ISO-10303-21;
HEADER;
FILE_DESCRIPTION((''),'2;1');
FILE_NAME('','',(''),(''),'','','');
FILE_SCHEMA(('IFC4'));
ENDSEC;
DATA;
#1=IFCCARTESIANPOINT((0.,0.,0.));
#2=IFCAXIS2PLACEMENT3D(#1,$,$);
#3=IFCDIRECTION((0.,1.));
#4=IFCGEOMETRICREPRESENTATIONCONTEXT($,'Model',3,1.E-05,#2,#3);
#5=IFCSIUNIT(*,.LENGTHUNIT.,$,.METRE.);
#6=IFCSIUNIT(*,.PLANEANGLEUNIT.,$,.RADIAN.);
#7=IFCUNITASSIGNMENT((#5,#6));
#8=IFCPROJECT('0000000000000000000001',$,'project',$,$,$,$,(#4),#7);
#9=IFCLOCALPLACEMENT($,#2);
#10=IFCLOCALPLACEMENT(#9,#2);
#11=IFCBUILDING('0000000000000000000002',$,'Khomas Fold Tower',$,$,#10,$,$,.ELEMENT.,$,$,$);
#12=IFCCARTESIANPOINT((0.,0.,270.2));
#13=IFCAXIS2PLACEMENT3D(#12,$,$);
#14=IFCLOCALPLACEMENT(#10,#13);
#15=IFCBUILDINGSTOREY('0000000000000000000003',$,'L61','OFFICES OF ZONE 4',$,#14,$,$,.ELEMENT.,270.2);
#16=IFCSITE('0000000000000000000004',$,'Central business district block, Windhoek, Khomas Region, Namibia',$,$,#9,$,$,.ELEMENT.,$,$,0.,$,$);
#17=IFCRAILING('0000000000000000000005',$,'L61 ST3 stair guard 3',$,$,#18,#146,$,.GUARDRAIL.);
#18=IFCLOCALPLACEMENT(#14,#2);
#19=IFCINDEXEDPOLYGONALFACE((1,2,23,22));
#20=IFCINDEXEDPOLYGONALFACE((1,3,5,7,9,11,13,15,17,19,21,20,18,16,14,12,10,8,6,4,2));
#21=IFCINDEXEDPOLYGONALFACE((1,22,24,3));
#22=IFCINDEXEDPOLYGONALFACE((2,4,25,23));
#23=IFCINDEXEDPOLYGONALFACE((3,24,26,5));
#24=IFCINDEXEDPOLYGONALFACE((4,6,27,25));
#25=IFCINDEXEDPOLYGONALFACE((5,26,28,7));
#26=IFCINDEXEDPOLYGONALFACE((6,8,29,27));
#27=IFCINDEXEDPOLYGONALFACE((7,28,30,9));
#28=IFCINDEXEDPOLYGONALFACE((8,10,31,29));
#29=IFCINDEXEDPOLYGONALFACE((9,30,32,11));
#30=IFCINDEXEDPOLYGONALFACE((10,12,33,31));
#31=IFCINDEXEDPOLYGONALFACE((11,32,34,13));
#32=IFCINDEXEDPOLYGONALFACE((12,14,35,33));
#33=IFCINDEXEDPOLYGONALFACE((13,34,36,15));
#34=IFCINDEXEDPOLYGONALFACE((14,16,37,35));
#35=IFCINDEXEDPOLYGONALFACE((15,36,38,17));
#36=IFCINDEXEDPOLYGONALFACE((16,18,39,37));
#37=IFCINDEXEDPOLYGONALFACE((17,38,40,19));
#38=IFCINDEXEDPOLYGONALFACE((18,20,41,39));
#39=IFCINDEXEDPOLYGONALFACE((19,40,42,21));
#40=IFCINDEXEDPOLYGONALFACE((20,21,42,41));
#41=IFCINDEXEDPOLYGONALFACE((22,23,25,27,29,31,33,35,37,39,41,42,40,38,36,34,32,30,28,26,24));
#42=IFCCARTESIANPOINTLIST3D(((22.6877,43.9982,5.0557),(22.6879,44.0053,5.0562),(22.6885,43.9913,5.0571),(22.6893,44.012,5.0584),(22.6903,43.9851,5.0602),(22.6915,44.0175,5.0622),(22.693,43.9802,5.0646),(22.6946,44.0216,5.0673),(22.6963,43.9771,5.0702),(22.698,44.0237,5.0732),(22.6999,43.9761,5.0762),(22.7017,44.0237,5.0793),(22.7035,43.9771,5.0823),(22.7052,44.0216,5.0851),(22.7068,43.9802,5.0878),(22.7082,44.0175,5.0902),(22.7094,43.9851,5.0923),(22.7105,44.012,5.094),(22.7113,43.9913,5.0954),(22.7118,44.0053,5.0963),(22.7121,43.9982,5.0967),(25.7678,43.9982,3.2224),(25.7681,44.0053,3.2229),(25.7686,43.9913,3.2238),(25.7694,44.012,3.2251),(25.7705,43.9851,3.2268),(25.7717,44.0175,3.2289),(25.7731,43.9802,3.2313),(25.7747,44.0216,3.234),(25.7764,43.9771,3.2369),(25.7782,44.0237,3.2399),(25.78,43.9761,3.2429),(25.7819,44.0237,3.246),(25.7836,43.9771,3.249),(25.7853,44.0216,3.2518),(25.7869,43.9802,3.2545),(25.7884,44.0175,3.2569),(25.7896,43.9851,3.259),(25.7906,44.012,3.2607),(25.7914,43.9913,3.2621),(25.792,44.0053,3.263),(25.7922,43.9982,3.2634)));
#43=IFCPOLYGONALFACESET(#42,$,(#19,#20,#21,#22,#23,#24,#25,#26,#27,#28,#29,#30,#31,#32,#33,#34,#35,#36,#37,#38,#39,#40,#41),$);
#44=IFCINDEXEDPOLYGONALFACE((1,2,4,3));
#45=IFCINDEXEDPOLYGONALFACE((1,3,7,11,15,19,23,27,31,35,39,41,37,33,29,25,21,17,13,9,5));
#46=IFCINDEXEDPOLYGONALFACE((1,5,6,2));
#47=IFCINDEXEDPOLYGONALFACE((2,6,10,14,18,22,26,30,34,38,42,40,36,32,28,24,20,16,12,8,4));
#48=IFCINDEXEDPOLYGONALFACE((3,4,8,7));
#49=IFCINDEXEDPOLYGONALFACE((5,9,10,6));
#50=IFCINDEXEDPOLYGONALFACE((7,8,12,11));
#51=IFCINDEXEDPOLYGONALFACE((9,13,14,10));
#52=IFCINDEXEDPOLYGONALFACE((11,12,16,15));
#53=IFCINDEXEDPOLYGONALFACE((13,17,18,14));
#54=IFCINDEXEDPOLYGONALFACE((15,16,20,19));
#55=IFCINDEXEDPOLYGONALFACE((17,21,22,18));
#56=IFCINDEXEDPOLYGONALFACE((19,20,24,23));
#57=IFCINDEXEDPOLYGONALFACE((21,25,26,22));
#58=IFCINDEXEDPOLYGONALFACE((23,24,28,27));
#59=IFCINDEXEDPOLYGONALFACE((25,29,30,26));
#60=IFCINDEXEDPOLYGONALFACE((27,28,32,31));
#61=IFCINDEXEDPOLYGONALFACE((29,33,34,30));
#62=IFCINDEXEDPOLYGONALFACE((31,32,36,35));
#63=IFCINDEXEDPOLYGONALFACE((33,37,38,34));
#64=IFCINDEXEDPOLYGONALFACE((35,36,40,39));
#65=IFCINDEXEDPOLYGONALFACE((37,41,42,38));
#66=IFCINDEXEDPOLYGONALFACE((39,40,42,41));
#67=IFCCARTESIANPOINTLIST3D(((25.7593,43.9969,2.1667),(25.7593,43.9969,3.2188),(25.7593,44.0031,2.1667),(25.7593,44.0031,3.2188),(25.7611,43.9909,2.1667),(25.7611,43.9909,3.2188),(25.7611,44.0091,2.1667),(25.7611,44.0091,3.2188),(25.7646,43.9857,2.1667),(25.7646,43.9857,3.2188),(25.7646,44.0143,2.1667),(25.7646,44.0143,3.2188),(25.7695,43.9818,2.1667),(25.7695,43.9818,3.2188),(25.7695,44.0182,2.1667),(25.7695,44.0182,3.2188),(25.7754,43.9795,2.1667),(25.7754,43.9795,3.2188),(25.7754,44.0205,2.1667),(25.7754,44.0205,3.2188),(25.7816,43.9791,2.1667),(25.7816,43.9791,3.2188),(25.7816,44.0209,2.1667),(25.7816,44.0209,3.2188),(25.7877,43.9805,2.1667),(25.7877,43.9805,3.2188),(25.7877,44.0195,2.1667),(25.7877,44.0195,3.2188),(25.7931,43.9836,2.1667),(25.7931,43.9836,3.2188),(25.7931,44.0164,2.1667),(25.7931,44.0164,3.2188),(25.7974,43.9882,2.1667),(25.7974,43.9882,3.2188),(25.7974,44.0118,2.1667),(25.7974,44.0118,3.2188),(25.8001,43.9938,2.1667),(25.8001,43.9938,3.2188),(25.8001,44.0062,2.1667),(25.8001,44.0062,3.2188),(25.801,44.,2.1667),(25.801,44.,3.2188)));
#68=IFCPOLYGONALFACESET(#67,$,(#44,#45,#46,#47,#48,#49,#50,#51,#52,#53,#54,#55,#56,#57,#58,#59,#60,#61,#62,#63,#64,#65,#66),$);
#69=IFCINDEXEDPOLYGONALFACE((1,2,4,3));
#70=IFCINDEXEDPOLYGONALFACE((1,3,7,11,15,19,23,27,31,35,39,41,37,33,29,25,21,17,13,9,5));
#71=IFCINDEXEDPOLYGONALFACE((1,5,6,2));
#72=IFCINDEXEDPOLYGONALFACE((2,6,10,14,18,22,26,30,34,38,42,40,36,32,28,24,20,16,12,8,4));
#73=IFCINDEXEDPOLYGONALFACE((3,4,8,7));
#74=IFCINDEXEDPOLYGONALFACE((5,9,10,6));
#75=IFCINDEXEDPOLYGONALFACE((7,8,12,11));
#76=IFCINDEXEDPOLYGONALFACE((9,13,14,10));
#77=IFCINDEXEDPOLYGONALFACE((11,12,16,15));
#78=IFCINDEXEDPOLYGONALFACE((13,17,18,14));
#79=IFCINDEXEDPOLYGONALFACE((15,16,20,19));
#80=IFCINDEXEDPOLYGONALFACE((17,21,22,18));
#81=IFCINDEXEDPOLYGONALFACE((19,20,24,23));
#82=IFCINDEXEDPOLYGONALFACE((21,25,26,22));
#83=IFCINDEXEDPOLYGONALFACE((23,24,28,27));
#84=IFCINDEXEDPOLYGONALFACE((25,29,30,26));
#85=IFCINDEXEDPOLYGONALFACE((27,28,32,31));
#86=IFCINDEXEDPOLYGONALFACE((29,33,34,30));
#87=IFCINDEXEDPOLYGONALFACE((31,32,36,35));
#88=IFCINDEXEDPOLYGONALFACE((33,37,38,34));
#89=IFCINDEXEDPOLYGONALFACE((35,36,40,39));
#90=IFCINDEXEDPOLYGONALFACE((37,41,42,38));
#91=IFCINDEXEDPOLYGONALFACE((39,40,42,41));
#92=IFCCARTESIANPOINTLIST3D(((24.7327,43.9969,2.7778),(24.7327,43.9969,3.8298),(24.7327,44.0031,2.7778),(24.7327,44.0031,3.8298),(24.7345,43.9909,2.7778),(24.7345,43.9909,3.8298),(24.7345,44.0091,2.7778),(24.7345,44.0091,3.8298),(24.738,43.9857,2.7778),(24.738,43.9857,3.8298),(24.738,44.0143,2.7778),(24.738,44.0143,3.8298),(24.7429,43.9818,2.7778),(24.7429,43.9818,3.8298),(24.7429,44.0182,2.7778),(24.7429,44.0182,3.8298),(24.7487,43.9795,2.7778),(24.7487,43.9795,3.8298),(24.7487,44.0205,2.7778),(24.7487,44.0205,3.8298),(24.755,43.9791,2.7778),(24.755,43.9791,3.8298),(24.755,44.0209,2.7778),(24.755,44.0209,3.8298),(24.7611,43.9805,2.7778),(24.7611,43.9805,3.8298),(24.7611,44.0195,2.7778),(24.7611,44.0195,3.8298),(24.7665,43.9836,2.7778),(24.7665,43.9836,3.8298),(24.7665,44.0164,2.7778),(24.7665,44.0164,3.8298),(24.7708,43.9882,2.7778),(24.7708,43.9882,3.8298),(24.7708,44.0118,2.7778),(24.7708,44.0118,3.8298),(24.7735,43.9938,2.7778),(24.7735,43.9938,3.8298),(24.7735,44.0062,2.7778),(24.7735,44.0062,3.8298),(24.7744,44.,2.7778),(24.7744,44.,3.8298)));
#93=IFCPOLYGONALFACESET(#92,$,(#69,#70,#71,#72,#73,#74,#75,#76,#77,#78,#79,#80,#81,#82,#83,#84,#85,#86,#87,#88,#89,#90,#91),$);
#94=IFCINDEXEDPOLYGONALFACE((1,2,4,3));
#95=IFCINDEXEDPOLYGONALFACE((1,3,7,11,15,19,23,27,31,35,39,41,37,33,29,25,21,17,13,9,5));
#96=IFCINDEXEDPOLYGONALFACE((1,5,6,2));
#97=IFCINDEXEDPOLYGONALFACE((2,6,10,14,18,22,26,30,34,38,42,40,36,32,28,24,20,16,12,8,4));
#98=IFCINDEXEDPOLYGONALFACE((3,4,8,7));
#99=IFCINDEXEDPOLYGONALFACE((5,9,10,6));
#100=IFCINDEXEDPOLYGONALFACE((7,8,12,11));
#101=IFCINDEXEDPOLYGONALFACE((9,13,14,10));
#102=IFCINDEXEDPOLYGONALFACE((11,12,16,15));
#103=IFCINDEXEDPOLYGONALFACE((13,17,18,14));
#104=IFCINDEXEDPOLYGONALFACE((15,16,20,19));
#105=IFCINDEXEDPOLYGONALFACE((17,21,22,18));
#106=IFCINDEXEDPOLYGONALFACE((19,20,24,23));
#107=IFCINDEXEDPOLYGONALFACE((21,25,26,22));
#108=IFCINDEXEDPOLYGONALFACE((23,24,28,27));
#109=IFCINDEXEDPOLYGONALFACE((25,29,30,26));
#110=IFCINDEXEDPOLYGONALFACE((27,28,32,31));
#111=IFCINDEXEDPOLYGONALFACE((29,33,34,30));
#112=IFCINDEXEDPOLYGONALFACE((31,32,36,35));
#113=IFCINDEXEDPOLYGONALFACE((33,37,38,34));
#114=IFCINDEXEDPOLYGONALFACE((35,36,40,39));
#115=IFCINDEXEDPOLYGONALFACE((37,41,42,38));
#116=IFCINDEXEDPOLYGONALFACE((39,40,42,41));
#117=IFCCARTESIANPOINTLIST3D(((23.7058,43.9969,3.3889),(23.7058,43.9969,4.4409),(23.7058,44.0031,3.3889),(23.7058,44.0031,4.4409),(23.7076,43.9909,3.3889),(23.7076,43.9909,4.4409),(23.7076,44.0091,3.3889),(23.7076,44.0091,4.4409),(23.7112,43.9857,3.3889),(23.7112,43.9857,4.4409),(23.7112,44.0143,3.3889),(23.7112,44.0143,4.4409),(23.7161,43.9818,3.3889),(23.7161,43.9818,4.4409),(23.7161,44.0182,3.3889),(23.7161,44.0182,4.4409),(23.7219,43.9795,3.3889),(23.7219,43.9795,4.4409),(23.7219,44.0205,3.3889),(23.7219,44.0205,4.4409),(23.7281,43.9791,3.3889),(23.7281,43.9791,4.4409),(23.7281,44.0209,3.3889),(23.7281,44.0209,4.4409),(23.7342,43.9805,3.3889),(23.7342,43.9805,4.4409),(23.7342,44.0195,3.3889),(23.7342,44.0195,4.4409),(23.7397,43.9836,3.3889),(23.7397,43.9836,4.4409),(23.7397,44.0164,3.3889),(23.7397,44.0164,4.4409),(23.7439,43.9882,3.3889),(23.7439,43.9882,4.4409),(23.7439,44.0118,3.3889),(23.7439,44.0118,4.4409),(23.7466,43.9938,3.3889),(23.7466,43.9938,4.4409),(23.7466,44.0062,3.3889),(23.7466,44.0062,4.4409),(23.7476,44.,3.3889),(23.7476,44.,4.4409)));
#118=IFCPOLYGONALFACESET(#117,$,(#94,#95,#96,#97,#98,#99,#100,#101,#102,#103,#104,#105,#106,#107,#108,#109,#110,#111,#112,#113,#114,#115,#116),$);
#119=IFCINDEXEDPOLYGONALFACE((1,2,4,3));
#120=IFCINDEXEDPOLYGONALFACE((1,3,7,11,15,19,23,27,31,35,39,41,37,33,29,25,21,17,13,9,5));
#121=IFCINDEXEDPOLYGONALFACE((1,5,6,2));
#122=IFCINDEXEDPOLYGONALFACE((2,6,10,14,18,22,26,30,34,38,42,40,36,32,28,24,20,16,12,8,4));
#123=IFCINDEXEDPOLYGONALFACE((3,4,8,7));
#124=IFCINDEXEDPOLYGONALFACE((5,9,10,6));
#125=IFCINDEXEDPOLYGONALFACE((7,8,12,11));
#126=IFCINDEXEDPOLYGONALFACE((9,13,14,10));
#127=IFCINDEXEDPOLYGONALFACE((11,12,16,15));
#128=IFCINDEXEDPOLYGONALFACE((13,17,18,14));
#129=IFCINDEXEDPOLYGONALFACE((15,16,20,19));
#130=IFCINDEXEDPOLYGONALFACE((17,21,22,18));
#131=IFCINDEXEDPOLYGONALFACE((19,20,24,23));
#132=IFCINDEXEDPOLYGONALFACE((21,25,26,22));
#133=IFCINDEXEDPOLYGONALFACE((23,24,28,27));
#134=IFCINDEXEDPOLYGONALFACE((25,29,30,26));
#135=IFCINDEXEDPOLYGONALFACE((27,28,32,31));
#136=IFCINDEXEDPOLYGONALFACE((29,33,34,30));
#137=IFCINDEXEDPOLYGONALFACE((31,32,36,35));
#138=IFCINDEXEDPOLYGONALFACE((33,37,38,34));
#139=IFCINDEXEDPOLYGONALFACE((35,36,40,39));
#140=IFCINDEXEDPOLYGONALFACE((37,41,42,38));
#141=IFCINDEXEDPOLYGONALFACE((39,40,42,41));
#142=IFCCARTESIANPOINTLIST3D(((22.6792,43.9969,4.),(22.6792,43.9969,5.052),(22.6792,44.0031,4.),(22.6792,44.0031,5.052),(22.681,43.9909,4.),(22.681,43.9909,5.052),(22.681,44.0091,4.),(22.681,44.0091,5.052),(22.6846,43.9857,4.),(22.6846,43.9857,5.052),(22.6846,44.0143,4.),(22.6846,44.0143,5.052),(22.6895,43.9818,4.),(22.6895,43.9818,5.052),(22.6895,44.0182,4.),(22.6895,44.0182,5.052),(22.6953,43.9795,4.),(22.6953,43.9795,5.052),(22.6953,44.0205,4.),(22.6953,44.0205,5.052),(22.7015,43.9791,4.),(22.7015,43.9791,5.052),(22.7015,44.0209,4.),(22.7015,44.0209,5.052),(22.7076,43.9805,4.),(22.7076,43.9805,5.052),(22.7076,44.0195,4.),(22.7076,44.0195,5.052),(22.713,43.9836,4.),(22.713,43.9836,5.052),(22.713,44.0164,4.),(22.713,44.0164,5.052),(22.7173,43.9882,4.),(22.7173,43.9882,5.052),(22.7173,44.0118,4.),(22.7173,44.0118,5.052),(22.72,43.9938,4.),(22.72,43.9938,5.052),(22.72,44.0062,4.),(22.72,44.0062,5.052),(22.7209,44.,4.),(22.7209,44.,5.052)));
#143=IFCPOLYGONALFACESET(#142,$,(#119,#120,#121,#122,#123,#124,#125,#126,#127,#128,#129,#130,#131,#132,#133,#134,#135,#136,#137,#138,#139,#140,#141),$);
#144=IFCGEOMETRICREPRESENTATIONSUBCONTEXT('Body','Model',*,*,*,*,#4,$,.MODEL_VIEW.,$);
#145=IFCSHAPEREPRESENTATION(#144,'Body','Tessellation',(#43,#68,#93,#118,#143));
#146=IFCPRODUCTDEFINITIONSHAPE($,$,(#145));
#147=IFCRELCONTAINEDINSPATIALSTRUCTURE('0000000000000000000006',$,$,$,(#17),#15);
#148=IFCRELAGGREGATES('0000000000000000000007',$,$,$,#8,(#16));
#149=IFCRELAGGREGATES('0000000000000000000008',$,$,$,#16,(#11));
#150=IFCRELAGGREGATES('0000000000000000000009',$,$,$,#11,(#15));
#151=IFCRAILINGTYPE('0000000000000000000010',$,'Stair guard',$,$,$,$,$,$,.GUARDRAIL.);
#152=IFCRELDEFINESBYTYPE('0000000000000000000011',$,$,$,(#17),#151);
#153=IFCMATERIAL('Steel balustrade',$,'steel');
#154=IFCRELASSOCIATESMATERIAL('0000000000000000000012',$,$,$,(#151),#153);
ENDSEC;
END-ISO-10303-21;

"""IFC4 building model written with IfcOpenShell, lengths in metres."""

from ifc_helpers import new_model, si_unit, direction, frame, origin, origin_2d, place, context, subcontext, project, spatial, circle, extrude, source, transform, mapped, material, type_object, element, save


model = new_model("IFC4")

# Units and contexts
model_context = context("Model", 3, precision=1e-05, world=origin(), true_north=direction((0.0, 1.0)))
body_context = subcontext(model_context, "Body", "Model", "MODEL_VIEW")
ifc_project = project(units=[si_unit("LENGTHUNIT", "METRE"), si_unit("PLANEANGLEUNIT", "RADIAN")], contexts=[model_context])

# Site, building, storey
site_placement = place(None, origin())
site = spatial("IfcSite", under=ifc_project, at=site_placement, Name="Central business district block, Windhoek, Khomas Region, Namibia", CompositionType="ELEMENT", RefElevation=0.0)
building_placement = place(site_placement, origin())
building = spatial("IfcBuilding", under=site, at=building_placement, Name="Khomas Fold Tower", CompositionType="ELEMENT")
storey_placement = place(building_placement, frame((0.0, 0.0, 270.2)))
storey = spatial("IfcBuildingStorey", under=building, at=storey_placement, Name="L61", Description="OFFICES OF ZONE 4", CompositionType="ELEMENT", Elevation=270.2)

# Railing
ifc_material_1 = material(Name="Steel balustrade", Category="steel")
railing_type_1 = type_object("IfcRailingType", Name="Stair guard", PredefinedType="GUARDRAIL", material=ifc_material_1)
shared_shape_1 = source(origin(), body_context, "Body", "SweptSolid", [
    extrude(circle(Radius=0.0239, at=origin_2d()), frame((0.0, 0.0, 1.0762), z_axis=(-0.859309, 0.0, 0.511458), x_axis=(0.0, -1.0, 0.0)), (0.0, 0.0, 1.0), 3.5845),
    extrude(circle(Radius=0.021, at=origin_2d()), origin(), (0.0, 0.0, 1.0), 1.052),
    extrude(circle(Radius=0.021, at=origin_2d()), frame((-1.0266, 0.0, 0.6111)), (0.0, 0.0, 1.0), 1.052),
    extrude(circle(Radius=0.021, at=origin_2d()), frame((-2.0535, 0.0, 1.2222)), (0.0, 0.0, 1.0), 1.052),
    extrude(circle(Radius=0.021, at=origin_2d()), frame((-3.0801, 0.0, 1.8333)), (0.0, 0.0, 1.0), 1.052),
])
railing_1_placement = place(storey_placement, frame((25.78, 44.0, 2.1667)))
element("IfcRailing", 1, at=railing_1_placement, inside=storey, type_object=railing_type_1, Name="L61 ST3 stair guard 3", PredefinedType="GUARDRAIL", context=body_context, shape_type="MappedRepresentation", body=[
    mapped(shared_shape_1, transform((0.0, 0.0, 0.0))),
])

save(model, "model.ifc")
